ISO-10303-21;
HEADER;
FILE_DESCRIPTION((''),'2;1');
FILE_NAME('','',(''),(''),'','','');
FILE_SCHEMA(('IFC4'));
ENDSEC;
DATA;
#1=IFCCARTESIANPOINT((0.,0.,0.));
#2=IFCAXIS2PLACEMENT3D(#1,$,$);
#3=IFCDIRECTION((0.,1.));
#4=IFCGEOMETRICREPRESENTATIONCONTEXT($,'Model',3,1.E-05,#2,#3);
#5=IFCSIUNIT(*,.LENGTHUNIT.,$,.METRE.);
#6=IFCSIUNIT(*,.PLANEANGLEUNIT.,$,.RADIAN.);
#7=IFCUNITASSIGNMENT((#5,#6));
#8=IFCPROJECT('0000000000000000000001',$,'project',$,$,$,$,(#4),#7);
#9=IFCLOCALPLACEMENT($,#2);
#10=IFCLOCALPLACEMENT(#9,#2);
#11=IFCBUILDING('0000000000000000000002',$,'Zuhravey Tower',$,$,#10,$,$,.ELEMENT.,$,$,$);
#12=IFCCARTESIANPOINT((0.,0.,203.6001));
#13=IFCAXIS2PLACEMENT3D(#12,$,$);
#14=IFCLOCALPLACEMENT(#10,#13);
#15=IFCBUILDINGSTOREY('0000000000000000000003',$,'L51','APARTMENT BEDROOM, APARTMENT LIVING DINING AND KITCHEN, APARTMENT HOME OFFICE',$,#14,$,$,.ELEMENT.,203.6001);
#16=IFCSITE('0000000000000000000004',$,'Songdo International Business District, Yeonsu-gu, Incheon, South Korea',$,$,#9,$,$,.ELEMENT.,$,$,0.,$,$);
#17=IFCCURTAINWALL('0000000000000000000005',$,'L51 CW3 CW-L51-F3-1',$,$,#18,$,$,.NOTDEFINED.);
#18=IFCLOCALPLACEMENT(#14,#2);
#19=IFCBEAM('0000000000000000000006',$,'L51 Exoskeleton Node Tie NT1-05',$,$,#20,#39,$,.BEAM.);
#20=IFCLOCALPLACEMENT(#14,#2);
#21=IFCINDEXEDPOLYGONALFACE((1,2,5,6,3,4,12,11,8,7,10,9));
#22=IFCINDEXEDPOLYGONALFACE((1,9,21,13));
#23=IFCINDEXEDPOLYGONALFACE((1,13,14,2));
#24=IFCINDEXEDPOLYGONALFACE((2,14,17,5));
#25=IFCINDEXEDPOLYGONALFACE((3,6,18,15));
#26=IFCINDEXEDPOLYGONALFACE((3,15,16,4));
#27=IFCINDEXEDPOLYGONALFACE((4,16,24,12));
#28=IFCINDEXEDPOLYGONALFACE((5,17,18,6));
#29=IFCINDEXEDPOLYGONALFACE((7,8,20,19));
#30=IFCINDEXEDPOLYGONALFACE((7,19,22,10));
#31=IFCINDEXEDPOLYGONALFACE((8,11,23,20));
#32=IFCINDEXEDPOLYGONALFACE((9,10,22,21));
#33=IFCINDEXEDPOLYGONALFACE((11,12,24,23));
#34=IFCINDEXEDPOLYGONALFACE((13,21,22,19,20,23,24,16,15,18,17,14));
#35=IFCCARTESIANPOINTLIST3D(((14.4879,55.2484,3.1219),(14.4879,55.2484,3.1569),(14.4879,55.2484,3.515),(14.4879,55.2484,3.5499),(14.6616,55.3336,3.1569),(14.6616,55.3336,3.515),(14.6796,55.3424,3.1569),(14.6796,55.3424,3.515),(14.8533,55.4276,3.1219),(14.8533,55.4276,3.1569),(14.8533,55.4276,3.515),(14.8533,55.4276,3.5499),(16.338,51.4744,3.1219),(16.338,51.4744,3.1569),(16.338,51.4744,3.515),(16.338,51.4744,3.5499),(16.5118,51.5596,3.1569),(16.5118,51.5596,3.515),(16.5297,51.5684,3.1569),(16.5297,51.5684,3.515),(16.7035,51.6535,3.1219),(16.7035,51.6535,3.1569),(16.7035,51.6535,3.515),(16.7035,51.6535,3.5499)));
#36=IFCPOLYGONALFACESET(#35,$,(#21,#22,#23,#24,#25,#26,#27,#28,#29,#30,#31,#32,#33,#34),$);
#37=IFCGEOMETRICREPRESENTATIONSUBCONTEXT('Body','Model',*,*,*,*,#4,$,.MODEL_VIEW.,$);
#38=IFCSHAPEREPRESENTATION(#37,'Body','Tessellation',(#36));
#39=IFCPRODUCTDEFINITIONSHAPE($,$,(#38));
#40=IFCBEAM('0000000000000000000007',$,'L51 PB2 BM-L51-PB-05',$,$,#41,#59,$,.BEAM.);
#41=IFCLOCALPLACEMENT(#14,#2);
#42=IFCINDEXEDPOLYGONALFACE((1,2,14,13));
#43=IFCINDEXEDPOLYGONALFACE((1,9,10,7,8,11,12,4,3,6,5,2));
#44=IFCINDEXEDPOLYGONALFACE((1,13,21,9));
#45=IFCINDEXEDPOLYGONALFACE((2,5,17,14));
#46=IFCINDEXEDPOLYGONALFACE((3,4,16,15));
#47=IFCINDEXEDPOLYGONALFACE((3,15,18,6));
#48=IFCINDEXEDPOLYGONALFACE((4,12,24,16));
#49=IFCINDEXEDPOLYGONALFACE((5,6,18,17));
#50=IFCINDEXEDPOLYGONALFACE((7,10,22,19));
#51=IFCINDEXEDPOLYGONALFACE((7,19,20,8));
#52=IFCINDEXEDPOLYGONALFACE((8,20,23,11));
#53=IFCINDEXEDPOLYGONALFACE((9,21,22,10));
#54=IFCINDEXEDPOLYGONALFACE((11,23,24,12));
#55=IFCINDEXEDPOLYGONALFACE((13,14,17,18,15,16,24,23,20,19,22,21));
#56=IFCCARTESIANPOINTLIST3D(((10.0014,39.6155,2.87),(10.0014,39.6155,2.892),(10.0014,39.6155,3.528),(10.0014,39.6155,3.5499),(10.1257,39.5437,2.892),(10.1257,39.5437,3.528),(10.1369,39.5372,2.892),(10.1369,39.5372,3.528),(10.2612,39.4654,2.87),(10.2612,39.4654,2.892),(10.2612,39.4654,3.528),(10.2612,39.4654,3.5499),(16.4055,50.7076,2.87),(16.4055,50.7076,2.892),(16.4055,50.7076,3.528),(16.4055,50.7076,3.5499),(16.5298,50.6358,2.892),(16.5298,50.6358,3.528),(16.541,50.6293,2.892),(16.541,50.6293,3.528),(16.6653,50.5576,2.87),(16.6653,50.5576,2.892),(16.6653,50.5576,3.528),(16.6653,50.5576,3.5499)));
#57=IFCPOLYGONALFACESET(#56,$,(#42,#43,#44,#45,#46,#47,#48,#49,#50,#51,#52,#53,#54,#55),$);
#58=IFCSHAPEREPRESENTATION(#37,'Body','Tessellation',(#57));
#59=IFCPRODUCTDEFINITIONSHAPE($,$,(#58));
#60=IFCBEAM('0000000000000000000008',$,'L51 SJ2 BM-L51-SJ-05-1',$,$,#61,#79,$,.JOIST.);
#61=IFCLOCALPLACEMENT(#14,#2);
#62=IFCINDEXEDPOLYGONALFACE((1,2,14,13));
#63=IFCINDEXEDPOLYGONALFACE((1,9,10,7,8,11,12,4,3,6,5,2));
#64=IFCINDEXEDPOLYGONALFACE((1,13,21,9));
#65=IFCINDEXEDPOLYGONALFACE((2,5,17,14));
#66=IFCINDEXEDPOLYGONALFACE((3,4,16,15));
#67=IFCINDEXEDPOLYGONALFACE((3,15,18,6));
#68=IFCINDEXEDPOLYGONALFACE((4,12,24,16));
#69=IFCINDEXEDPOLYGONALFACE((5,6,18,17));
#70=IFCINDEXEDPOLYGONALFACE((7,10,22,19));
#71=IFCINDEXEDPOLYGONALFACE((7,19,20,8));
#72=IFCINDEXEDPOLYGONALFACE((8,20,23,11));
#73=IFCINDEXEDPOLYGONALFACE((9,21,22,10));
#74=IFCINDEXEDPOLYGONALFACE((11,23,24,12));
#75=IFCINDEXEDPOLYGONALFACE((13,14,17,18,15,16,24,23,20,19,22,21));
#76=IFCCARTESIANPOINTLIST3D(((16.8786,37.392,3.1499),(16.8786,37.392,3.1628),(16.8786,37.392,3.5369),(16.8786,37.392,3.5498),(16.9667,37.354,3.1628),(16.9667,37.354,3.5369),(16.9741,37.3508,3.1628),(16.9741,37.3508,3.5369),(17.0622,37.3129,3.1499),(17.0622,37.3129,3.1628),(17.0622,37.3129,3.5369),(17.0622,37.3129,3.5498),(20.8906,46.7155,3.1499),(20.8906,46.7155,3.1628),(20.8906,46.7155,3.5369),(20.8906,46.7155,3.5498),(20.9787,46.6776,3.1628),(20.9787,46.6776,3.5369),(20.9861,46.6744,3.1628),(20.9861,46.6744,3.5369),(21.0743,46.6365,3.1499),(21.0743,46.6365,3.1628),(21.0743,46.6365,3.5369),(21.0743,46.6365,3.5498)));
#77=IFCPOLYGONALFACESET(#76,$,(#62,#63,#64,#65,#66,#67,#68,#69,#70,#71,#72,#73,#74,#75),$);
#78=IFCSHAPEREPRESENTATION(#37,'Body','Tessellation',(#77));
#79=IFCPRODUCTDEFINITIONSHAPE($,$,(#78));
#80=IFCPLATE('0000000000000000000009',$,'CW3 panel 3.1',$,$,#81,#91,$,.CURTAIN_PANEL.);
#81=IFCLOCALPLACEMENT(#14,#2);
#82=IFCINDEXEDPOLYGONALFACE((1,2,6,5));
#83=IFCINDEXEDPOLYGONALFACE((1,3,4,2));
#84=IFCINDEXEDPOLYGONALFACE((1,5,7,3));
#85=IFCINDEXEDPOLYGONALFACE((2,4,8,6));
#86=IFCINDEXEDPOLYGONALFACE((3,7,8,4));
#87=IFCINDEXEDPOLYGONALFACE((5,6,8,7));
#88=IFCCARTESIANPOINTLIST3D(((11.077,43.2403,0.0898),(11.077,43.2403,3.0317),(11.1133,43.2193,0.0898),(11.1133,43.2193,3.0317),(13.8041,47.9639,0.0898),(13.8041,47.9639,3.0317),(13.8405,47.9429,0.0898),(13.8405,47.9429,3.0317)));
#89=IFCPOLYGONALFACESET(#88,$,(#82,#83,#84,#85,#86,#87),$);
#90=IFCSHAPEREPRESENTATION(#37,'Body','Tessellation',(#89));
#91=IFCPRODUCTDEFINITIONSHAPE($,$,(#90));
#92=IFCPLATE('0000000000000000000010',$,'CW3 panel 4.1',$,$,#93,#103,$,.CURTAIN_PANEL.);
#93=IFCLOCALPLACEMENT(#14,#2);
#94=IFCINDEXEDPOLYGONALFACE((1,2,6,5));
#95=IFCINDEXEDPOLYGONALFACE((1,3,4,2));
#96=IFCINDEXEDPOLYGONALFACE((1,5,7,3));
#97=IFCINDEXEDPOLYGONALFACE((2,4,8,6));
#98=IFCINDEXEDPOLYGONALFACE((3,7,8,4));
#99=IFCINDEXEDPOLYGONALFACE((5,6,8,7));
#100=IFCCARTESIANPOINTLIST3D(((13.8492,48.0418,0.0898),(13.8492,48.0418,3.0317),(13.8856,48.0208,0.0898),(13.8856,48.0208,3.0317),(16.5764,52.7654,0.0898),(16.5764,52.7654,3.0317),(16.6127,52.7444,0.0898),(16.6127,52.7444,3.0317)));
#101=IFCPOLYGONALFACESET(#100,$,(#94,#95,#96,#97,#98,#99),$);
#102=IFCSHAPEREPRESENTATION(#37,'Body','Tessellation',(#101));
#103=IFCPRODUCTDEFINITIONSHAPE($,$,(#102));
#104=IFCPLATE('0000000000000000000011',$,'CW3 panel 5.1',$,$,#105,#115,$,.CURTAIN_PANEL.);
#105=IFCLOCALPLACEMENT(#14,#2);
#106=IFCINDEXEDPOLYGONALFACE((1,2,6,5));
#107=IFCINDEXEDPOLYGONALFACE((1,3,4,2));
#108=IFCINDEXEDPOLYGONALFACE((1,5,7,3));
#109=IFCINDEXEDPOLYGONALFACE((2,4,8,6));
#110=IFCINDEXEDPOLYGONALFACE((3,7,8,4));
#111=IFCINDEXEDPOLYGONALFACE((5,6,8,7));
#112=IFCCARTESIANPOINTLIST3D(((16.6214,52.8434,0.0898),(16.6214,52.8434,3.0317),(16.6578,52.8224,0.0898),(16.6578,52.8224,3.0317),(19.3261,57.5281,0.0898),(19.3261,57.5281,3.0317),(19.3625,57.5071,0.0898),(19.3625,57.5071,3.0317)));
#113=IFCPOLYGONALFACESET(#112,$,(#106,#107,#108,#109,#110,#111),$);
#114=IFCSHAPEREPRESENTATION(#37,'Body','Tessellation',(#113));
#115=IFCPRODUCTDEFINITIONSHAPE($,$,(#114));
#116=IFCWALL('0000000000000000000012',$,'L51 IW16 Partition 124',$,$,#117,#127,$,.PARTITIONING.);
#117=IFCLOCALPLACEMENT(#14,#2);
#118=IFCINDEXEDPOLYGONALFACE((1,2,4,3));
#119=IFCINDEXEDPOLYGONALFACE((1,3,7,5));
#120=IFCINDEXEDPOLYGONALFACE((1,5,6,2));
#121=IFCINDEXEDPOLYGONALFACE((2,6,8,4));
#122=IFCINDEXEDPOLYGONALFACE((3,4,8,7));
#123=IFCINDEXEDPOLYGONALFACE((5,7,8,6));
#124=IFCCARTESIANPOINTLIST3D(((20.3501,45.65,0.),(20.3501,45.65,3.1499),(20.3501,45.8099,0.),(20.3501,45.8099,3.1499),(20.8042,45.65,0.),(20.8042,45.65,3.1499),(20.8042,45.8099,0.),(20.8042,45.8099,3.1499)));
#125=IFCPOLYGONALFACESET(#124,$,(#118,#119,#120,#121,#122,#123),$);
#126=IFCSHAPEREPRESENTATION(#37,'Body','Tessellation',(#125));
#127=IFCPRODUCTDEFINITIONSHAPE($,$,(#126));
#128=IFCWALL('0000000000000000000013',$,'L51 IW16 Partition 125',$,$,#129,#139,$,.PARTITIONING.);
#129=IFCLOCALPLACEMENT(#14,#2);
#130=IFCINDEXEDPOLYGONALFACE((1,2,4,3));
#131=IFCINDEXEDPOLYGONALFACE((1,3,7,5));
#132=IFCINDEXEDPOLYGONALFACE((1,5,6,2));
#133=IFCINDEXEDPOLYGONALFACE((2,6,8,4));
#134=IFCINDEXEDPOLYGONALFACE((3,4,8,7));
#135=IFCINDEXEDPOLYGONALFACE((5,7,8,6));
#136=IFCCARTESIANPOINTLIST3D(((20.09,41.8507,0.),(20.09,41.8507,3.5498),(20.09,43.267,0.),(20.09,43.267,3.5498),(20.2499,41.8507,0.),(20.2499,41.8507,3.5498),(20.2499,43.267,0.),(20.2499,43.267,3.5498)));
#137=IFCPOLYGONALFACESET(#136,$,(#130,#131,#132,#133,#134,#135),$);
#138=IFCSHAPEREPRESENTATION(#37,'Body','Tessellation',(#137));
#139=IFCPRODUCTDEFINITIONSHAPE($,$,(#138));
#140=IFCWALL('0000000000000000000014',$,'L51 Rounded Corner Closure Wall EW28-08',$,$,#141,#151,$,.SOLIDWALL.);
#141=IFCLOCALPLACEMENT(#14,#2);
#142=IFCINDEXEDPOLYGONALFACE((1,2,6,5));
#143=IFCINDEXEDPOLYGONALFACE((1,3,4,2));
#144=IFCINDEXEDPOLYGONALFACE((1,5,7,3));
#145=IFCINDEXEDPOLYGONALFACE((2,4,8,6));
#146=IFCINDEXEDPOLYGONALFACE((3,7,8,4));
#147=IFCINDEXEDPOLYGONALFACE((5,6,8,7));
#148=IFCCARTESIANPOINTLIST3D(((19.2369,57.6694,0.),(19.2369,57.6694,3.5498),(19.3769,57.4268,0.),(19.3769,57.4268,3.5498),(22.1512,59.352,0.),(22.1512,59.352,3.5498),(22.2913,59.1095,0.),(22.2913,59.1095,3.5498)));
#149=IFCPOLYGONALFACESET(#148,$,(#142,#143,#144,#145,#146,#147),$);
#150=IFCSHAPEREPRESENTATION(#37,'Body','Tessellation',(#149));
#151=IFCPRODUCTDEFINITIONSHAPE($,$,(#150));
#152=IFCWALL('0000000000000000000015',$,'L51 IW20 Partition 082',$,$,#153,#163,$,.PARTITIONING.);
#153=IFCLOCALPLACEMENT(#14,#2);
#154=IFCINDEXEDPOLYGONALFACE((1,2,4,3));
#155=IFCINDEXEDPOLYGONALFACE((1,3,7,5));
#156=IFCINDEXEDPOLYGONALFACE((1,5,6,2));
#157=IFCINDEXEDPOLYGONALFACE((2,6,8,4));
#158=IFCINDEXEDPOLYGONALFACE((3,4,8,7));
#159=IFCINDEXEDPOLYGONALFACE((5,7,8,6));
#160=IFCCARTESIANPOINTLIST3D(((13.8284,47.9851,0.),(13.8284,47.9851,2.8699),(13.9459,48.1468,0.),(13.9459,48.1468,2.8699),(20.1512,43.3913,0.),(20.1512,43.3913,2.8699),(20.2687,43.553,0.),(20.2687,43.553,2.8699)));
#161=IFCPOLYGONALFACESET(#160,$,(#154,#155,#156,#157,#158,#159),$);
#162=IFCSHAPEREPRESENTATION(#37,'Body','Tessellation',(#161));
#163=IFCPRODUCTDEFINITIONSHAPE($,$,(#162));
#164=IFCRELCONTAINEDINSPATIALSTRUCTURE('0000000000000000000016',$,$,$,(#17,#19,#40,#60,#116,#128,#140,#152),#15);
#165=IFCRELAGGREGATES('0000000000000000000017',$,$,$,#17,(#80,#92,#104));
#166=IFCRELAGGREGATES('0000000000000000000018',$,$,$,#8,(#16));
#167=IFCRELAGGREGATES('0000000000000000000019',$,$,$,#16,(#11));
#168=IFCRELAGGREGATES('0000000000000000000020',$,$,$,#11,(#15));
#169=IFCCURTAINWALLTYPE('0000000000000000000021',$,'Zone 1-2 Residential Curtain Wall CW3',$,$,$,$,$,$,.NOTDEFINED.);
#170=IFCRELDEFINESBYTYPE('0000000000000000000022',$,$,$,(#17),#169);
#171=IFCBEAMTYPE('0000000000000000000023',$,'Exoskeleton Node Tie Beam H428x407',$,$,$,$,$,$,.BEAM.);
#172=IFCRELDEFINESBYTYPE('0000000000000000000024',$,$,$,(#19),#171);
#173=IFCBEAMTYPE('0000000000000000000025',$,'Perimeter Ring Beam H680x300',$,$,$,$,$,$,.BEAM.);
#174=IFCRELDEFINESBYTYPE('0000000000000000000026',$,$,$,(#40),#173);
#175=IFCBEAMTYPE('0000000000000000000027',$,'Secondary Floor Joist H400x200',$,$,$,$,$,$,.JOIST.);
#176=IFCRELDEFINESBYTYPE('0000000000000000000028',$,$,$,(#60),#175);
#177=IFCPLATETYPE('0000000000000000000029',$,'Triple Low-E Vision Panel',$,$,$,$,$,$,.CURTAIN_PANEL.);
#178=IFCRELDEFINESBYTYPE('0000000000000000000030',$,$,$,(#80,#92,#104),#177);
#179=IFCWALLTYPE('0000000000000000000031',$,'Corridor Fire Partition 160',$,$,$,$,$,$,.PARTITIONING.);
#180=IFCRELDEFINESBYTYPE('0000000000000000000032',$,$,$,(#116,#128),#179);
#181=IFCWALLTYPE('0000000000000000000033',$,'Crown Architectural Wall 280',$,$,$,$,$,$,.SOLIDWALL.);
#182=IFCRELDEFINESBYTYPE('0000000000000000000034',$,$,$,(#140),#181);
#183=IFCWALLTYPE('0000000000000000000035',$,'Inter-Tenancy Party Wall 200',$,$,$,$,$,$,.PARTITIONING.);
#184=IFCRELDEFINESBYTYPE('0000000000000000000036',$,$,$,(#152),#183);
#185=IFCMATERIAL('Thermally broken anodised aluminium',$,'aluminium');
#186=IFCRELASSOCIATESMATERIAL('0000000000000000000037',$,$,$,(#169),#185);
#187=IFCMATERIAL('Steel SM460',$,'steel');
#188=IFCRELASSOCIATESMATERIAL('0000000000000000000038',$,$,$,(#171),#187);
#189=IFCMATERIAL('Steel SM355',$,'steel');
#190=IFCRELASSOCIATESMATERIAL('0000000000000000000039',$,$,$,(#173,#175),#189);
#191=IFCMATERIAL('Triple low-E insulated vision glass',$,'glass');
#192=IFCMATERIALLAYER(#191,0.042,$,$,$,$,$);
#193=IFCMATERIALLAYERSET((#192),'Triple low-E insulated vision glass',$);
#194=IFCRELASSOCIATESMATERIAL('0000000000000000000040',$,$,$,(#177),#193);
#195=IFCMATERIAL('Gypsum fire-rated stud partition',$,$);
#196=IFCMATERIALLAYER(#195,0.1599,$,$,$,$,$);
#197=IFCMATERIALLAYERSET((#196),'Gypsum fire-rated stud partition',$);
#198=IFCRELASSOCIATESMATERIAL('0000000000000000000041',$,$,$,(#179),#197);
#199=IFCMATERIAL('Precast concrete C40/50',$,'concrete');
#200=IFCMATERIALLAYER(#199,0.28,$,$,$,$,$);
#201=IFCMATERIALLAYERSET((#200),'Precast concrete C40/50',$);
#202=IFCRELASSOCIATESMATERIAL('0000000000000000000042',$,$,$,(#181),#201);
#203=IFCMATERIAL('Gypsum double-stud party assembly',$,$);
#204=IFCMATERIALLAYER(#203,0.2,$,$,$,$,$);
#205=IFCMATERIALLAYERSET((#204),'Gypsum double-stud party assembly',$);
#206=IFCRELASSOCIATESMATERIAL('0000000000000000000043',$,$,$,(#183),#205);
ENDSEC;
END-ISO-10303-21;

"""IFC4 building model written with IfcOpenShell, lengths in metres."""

from ifc_helpers import new_model, si_unit, direction, frame, frame_2d, origin, origin_2d, place, context, subcontext, project, spatial, rectangle, i_section, extrude, material, layer, layer_set, material_profile, profile_set, type_object, element, aggregate, save


model = new_model("IFC4")

# Units and contexts
model_context = context("Model", 3, precision=1e-05, world=origin(), true_north=direction((0.0, 1.0)))
body_context = subcontext(model_context, "Body", "Model", "MODEL_VIEW")
ifc_project = project(units=[si_unit("LENGTHUNIT", "METRE"), si_unit("PLANEANGLEUNIT", "RADIAN")], contexts=[model_context])

# Site, building, storey
site_placement = place(None, origin())
site = spatial("IfcSite", under=ifc_project, at=site_placement, Name="Songdo International Business District, Yeonsu-gu, Incheon, South Korea", CompositionType="ELEMENT", RefElevation=0.0)
building_placement = place(site_placement, origin())
building = spatial("IfcBuilding", under=site, at=building_placement, Name="Zuhravey Tower", CompositionType="ELEMENT")
storey_placement = place(building_placement, frame((0.0, 0.0, 203.6001)))
storey = spatial("IfcBuildingStorey", under=building, at=storey_placement, Name="L51", Description="APARTMENT BEDROOM, APARTMENT LIVING DINING AND KITCHEN, APARTMENT HOME OFFICE", CompositionType="ELEMENT", Elevation=203.6001)

# Curtain wall
ifc_material_1 = material(Name="Thermally broken anodised aluminium", Category="aluminium")
curtain_wall_type = type_object("IfcCurtainWallType", Name="Zone 1-2 Residential Curtain Wall CW3", PredefinedType="NOTDEFINED", material=ifc_material_1)
curtain_wall_placement = place(storey_placement, origin())
curtain_wall = element("IfcCurtainWall", 1, at=curtain_wall_placement, inside=storey, type_object=curtain_wall_type, Name="L51 CW3 CW-L51-F3-1", PredefinedType="NOTDEFINED")

# Beams
ifc_material_2 = material(Name="Steel SM460", Category="steel")
ifc_material_profile_1 = material_profile(ifc_material_2, i_section(OverallWidth=0.407, OverallDepth=0.428, WebThickness=0.02, FlangeThickness=0.0349, at=origin_2d()), Name="H-428x407x20x35")
ifc_profile_set_1 = profile_set([ifc_material_profile_1], Name="Steel SM460")
beam_type_1 = type_object("IfcBeamType", Name="Exoskeleton Node Tie Beam H428x407", PredefinedType="BEAM", material=ifc_profile_set_1)
beam_1_placement = place(storey_placement, frame((16.5208, 51.564, 3.3359), z_axis=(-0.440183, 0.897908, 0.0), x_axis=(-0.897908, -0.440183, 0.0)))
element("IfcBeam", 2, at=beam_1_placement, inside=storey, type_object=beam_type_1, Name="L51 Exoskeleton Node Tie NT1-05", PredefinedType="BEAM", context=body_context, shape_type="SweptSolid", body=[
    extrude(i_section(OverallWidth=0.407, OverallDepth=0.428, WebThickness=0.02, FlangeThickness=0.0349, at=origin_2d()), origin(), (0.0, 0.0, 1.0), 4.2031),
])
ifc_material_3 = material(Name="Steel SM355", Category="steel")
ifc_material_profile_2 = material_profile(ifc_material_3, i_section(OverallWidth=0.3, OverallDepth=0.6799, WebThickness=0.0129, FlangeThickness=0.022, at=origin_2d()), Name="H-680x300x13x22")
ifc_profile_set_2 = profile_set([ifc_material_profile_2], Name="Steel SM355")
beam_type_2 = type_object("IfcBeamType", Name="Perimeter Ring Beam H680x300", PredefinedType="BEAM", material=ifc_profile_set_2)
beam_2_placement = place(storey_placement, frame((16.5354, 50.6326, 3.21), z_axis=(-0.500004, -0.866023, 0.0), x_axis=(0.866023, -0.500004, 0.0)))
element("IfcBeam", 3, at=beam_2_placement, inside=storey, type_object=beam_type_2, Name="L51 PB2 BM-L51-PB-05", PredefinedType="BEAM", context=body_context, shape_type="SweptSolid", body=[
    extrude(i_section(OverallWidth=0.3, OverallDepth=0.6799, WebThickness=0.0129, FlangeThickness=0.022, at=origin_2d()), origin(), (0.0, 0.0, 1.0), 12.8081),
])
ifc_material_profile_3 = material_profile(ifc_material_3, i_section(OverallWidth=0.2, OverallDepth=0.3999, WebThickness=0.0081, FlangeThickness=0.0129, at=origin_2d()), Name="H-400x200x8x13")
ifc_profile_set_3 = profile_set([ifc_material_profile_3], Name="Steel SM355")
beam_type_3 = type_object("IfcBeamType", Name="Secondary Floor Joist H400x200", PredefinedType="JOIST", material=ifc_profile_set_3)
beam_3_placement = place(storey_placement, frame((20.9824, 46.676, 3.3499), z_axis=(-0.395266, -0.918567, 0.0), x_axis=(0.918567, -0.395266, 0.0)))
element("IfcBeam", 4, at=beam_3_placement, inside=storey, type_object=beam_type_3, Name="L51 SJ2 BM-L51-SJ-05-1", PredefinedType="JOIST", context=body_context, shape_type="SweptSolid", body=[
    extrude(i_section(OverallWidth=0.2, OverallDepth=0.3999, WebThickness=0.0081, FlangeThickness=0.0129, at=origin_2d()), origin(), (0.0, 0.0, 1.0), 10.1501),
])

# Plates
ifc_material_4 = material(Name="Triple low-E insulated vision glass", Category="glass")
ifc_layer_1 = layer(ifc_material_4, 0.042)
ifc_layer_set_1 = layer_set([ifc_layer_1], Name="Triple low-E insulated vision glass")
plate_type = type_object("IfcPlateType", Name="Triple Low-E Vision Panel", PredefinedType="CURTAIN_PANEL", material=ifc_layer_set_1)
plate_1_placement = place(storey_placement, frame((12.4587, 45.5916, 0.0898), z_axis=(0.0, 0.0, 1.0), x_axis=(0.5, 0.866025, 0.0)))
plate_1 = element("IfcPlate", 5, at=plate_1_placement, type_object=plate_type, Name="CW3 panel 3.1", PredefinedType="CURTAIN_PANEL", context=body_context, shape_type="SweptSolid", body=[
    extrude(rectangle(XDim=5.4543, YDim=0.042, at=origin_2d()), origin(), (0.0, 0.0, 1.0), 2.9419),
])
plate_2_placement = place(storey_placement, frame((15.231, 50.3931, 0.0898), z_axis=(0.0, 0.0, 1.0), x_axis=(0.5, 0.866025, 0.0)))
plate_2 = element("IfcPlate", 6, at=plate_2_placement, type_object=plate_type, Name="CW3 panel 4.1", PredefinedType="CURTAIN_PANEL", context=body_context, shape_type="SweptSolid", body=[
    extrude(rectangle(XDim=5.4543, YDim=0.042, at=origin_2d()), origin(), (0.0, 0.0, 1.0), 2.9419),
])
plate_3_placement = place(storey_placement, frame((17.9919, 55.1753, 0.0898), z_axis=(0.0, 0.0, 1.0), x_axis=(0.5, 0.866025, 0.0)))
plate_3 = element("IfcPlate", 7, at=plate_3_placement, type_object=plate_type, Name="CW3 panel 5.1", PredefinedType="CURTAIN_PANEL", context=body_context, shape_type="SweptSolid", body=[
    extrude(rectangle(XDim=5.4094, YDim=0.042, at=origin_2d()), origin(), (0.0, 0.0, 1.0), 2.9419),
])
aggregate(curtain_wall, [plate_1, plate_2, plate_3])

# Walls
ifc_material_5 = material(Name="Gypsum fire-rated stud partition")
ifc_layer_2 = layer(ifc_material_5, 0.1599)
ifc_layer_set_2 = layer_set([ifc_layer_2], Name="Gypsum fire-rated stud partition")
wall_type_1 = type_object("IfcWallType", Name="Corridor Fire Partition 160", PredefinedType="PARTITIONING", material=ifc_layer_set_2)
wall_1_placement = place(storey_placement, frame((20.8042, 45.73, 0.0), z_axis=(0.0, 0.0, 1.0), x_axis=(-1.0, 0.0, 0.0)))
element("IfcWall", 8, at=wall_1_placement, inside=storey, type_object=wall_type_1, Name="L51 IW16 Partition 124", PredefinedType="PARTITIONING", context=body_context, shape_type="SweptSolid", body=[
    extrude(rectangle(XDim=0.4541, YDim=0.1599, at=frame_2d((0.2271, 0.0))), origin(), (0.0, 0.0, 1.0), 3.1499),
])
wall_2_placement = place(storey_placement, frame((20.1699, 43.2668, 0.0), z_axis=(0.0, 0.0, 1.0), x_axis=(0.0, -1.0, 0.0)))
element("IfcWall", 9, at=wall_2_placement, inside=storey, type_object=wall_type_1, Name="L51 IW16 Partition 125", PredefinedType="PARTITIONING", context=body_context, shape_type="SweptSolid", body=[
    extrude(rectangle(XDim=1.4163, YDim=0.1599, at=frame_2d((0.708, 0.0))), origin(), (0.0, 0.0, 1.0), 3.5498),
])
ifc_material_6 = material(Name="Precast concrete C40/50", Category="concrete")
ifc_layer_3 = layer(ifc_material_6, 0.28)
ifc_layer_set_3 = layer_set([ifc_layer_3], Name="Precast concrete C40/50")
wall_type_2 = type_object("IfcWallType", Name="Crown Architectural Wall 280", PredefinedType="SOLIDWALL", material=ifc_layer_set_3)
wall_3_placement = place(storey_placement, frame((19.3069, 57.5481, 0.0), z_axis=(0.0, 0.0, 1.0), x_axis=(0.86602, 0.500009, 0.0)))
element("IfcWall", 10, at=wall_3_placement, inside=storey, type_object=wall_type_2, Name="L51 Rounded Corner Closure Wall EW28-08", PredefinedType="SOLIDWALL", context=body_context, shape_type="SweptSolid", body=[
    extrude(rectangle(XDim=3.3652, YDim=0.28, at=frame_2d((1.6826, 0.0))), origin(), (0.0, 0.0, 1.0), 3.5498),
])
ifc_material_7 = material(Name="Gypsum double-stud party assembly")
ifc_layer_4 = layer(ifc_material_7, 0.2)
ifc_layer_set_4 = layer_set([ifc_layer_4], Name="Gypsum double-stud party assembly")
wall_type_3 = type_object("IfcWallType", Name="Inter-Tenancy Party Wall 200", PredefinedType="PARTITIONING", material=ifc_layer_set_4)
wall_4_placement = place(storey_placement, frame((20.21, 43.4722, 0.0), z_axis=(0.0, 0.0, 1.0), x_axis=(-0.809017, 0.587785, 0.0)))
element("IfcWall", 11, at=wall_4_placement, inside=storey, type_object=wall_type_3, Name="L51 IW20 Partition 082", PredefinedType="PARTITIONING", context=body_context, shape_type="SweptSolid", body=[
    extrude(rectangle(XDim=7.8154, YDim=0.2, at=frame_2d((3.9077, 0.0))), origin(), (0.0, 0.0, 1.0), 2.8699),
])

save(model, "model.ifc")
